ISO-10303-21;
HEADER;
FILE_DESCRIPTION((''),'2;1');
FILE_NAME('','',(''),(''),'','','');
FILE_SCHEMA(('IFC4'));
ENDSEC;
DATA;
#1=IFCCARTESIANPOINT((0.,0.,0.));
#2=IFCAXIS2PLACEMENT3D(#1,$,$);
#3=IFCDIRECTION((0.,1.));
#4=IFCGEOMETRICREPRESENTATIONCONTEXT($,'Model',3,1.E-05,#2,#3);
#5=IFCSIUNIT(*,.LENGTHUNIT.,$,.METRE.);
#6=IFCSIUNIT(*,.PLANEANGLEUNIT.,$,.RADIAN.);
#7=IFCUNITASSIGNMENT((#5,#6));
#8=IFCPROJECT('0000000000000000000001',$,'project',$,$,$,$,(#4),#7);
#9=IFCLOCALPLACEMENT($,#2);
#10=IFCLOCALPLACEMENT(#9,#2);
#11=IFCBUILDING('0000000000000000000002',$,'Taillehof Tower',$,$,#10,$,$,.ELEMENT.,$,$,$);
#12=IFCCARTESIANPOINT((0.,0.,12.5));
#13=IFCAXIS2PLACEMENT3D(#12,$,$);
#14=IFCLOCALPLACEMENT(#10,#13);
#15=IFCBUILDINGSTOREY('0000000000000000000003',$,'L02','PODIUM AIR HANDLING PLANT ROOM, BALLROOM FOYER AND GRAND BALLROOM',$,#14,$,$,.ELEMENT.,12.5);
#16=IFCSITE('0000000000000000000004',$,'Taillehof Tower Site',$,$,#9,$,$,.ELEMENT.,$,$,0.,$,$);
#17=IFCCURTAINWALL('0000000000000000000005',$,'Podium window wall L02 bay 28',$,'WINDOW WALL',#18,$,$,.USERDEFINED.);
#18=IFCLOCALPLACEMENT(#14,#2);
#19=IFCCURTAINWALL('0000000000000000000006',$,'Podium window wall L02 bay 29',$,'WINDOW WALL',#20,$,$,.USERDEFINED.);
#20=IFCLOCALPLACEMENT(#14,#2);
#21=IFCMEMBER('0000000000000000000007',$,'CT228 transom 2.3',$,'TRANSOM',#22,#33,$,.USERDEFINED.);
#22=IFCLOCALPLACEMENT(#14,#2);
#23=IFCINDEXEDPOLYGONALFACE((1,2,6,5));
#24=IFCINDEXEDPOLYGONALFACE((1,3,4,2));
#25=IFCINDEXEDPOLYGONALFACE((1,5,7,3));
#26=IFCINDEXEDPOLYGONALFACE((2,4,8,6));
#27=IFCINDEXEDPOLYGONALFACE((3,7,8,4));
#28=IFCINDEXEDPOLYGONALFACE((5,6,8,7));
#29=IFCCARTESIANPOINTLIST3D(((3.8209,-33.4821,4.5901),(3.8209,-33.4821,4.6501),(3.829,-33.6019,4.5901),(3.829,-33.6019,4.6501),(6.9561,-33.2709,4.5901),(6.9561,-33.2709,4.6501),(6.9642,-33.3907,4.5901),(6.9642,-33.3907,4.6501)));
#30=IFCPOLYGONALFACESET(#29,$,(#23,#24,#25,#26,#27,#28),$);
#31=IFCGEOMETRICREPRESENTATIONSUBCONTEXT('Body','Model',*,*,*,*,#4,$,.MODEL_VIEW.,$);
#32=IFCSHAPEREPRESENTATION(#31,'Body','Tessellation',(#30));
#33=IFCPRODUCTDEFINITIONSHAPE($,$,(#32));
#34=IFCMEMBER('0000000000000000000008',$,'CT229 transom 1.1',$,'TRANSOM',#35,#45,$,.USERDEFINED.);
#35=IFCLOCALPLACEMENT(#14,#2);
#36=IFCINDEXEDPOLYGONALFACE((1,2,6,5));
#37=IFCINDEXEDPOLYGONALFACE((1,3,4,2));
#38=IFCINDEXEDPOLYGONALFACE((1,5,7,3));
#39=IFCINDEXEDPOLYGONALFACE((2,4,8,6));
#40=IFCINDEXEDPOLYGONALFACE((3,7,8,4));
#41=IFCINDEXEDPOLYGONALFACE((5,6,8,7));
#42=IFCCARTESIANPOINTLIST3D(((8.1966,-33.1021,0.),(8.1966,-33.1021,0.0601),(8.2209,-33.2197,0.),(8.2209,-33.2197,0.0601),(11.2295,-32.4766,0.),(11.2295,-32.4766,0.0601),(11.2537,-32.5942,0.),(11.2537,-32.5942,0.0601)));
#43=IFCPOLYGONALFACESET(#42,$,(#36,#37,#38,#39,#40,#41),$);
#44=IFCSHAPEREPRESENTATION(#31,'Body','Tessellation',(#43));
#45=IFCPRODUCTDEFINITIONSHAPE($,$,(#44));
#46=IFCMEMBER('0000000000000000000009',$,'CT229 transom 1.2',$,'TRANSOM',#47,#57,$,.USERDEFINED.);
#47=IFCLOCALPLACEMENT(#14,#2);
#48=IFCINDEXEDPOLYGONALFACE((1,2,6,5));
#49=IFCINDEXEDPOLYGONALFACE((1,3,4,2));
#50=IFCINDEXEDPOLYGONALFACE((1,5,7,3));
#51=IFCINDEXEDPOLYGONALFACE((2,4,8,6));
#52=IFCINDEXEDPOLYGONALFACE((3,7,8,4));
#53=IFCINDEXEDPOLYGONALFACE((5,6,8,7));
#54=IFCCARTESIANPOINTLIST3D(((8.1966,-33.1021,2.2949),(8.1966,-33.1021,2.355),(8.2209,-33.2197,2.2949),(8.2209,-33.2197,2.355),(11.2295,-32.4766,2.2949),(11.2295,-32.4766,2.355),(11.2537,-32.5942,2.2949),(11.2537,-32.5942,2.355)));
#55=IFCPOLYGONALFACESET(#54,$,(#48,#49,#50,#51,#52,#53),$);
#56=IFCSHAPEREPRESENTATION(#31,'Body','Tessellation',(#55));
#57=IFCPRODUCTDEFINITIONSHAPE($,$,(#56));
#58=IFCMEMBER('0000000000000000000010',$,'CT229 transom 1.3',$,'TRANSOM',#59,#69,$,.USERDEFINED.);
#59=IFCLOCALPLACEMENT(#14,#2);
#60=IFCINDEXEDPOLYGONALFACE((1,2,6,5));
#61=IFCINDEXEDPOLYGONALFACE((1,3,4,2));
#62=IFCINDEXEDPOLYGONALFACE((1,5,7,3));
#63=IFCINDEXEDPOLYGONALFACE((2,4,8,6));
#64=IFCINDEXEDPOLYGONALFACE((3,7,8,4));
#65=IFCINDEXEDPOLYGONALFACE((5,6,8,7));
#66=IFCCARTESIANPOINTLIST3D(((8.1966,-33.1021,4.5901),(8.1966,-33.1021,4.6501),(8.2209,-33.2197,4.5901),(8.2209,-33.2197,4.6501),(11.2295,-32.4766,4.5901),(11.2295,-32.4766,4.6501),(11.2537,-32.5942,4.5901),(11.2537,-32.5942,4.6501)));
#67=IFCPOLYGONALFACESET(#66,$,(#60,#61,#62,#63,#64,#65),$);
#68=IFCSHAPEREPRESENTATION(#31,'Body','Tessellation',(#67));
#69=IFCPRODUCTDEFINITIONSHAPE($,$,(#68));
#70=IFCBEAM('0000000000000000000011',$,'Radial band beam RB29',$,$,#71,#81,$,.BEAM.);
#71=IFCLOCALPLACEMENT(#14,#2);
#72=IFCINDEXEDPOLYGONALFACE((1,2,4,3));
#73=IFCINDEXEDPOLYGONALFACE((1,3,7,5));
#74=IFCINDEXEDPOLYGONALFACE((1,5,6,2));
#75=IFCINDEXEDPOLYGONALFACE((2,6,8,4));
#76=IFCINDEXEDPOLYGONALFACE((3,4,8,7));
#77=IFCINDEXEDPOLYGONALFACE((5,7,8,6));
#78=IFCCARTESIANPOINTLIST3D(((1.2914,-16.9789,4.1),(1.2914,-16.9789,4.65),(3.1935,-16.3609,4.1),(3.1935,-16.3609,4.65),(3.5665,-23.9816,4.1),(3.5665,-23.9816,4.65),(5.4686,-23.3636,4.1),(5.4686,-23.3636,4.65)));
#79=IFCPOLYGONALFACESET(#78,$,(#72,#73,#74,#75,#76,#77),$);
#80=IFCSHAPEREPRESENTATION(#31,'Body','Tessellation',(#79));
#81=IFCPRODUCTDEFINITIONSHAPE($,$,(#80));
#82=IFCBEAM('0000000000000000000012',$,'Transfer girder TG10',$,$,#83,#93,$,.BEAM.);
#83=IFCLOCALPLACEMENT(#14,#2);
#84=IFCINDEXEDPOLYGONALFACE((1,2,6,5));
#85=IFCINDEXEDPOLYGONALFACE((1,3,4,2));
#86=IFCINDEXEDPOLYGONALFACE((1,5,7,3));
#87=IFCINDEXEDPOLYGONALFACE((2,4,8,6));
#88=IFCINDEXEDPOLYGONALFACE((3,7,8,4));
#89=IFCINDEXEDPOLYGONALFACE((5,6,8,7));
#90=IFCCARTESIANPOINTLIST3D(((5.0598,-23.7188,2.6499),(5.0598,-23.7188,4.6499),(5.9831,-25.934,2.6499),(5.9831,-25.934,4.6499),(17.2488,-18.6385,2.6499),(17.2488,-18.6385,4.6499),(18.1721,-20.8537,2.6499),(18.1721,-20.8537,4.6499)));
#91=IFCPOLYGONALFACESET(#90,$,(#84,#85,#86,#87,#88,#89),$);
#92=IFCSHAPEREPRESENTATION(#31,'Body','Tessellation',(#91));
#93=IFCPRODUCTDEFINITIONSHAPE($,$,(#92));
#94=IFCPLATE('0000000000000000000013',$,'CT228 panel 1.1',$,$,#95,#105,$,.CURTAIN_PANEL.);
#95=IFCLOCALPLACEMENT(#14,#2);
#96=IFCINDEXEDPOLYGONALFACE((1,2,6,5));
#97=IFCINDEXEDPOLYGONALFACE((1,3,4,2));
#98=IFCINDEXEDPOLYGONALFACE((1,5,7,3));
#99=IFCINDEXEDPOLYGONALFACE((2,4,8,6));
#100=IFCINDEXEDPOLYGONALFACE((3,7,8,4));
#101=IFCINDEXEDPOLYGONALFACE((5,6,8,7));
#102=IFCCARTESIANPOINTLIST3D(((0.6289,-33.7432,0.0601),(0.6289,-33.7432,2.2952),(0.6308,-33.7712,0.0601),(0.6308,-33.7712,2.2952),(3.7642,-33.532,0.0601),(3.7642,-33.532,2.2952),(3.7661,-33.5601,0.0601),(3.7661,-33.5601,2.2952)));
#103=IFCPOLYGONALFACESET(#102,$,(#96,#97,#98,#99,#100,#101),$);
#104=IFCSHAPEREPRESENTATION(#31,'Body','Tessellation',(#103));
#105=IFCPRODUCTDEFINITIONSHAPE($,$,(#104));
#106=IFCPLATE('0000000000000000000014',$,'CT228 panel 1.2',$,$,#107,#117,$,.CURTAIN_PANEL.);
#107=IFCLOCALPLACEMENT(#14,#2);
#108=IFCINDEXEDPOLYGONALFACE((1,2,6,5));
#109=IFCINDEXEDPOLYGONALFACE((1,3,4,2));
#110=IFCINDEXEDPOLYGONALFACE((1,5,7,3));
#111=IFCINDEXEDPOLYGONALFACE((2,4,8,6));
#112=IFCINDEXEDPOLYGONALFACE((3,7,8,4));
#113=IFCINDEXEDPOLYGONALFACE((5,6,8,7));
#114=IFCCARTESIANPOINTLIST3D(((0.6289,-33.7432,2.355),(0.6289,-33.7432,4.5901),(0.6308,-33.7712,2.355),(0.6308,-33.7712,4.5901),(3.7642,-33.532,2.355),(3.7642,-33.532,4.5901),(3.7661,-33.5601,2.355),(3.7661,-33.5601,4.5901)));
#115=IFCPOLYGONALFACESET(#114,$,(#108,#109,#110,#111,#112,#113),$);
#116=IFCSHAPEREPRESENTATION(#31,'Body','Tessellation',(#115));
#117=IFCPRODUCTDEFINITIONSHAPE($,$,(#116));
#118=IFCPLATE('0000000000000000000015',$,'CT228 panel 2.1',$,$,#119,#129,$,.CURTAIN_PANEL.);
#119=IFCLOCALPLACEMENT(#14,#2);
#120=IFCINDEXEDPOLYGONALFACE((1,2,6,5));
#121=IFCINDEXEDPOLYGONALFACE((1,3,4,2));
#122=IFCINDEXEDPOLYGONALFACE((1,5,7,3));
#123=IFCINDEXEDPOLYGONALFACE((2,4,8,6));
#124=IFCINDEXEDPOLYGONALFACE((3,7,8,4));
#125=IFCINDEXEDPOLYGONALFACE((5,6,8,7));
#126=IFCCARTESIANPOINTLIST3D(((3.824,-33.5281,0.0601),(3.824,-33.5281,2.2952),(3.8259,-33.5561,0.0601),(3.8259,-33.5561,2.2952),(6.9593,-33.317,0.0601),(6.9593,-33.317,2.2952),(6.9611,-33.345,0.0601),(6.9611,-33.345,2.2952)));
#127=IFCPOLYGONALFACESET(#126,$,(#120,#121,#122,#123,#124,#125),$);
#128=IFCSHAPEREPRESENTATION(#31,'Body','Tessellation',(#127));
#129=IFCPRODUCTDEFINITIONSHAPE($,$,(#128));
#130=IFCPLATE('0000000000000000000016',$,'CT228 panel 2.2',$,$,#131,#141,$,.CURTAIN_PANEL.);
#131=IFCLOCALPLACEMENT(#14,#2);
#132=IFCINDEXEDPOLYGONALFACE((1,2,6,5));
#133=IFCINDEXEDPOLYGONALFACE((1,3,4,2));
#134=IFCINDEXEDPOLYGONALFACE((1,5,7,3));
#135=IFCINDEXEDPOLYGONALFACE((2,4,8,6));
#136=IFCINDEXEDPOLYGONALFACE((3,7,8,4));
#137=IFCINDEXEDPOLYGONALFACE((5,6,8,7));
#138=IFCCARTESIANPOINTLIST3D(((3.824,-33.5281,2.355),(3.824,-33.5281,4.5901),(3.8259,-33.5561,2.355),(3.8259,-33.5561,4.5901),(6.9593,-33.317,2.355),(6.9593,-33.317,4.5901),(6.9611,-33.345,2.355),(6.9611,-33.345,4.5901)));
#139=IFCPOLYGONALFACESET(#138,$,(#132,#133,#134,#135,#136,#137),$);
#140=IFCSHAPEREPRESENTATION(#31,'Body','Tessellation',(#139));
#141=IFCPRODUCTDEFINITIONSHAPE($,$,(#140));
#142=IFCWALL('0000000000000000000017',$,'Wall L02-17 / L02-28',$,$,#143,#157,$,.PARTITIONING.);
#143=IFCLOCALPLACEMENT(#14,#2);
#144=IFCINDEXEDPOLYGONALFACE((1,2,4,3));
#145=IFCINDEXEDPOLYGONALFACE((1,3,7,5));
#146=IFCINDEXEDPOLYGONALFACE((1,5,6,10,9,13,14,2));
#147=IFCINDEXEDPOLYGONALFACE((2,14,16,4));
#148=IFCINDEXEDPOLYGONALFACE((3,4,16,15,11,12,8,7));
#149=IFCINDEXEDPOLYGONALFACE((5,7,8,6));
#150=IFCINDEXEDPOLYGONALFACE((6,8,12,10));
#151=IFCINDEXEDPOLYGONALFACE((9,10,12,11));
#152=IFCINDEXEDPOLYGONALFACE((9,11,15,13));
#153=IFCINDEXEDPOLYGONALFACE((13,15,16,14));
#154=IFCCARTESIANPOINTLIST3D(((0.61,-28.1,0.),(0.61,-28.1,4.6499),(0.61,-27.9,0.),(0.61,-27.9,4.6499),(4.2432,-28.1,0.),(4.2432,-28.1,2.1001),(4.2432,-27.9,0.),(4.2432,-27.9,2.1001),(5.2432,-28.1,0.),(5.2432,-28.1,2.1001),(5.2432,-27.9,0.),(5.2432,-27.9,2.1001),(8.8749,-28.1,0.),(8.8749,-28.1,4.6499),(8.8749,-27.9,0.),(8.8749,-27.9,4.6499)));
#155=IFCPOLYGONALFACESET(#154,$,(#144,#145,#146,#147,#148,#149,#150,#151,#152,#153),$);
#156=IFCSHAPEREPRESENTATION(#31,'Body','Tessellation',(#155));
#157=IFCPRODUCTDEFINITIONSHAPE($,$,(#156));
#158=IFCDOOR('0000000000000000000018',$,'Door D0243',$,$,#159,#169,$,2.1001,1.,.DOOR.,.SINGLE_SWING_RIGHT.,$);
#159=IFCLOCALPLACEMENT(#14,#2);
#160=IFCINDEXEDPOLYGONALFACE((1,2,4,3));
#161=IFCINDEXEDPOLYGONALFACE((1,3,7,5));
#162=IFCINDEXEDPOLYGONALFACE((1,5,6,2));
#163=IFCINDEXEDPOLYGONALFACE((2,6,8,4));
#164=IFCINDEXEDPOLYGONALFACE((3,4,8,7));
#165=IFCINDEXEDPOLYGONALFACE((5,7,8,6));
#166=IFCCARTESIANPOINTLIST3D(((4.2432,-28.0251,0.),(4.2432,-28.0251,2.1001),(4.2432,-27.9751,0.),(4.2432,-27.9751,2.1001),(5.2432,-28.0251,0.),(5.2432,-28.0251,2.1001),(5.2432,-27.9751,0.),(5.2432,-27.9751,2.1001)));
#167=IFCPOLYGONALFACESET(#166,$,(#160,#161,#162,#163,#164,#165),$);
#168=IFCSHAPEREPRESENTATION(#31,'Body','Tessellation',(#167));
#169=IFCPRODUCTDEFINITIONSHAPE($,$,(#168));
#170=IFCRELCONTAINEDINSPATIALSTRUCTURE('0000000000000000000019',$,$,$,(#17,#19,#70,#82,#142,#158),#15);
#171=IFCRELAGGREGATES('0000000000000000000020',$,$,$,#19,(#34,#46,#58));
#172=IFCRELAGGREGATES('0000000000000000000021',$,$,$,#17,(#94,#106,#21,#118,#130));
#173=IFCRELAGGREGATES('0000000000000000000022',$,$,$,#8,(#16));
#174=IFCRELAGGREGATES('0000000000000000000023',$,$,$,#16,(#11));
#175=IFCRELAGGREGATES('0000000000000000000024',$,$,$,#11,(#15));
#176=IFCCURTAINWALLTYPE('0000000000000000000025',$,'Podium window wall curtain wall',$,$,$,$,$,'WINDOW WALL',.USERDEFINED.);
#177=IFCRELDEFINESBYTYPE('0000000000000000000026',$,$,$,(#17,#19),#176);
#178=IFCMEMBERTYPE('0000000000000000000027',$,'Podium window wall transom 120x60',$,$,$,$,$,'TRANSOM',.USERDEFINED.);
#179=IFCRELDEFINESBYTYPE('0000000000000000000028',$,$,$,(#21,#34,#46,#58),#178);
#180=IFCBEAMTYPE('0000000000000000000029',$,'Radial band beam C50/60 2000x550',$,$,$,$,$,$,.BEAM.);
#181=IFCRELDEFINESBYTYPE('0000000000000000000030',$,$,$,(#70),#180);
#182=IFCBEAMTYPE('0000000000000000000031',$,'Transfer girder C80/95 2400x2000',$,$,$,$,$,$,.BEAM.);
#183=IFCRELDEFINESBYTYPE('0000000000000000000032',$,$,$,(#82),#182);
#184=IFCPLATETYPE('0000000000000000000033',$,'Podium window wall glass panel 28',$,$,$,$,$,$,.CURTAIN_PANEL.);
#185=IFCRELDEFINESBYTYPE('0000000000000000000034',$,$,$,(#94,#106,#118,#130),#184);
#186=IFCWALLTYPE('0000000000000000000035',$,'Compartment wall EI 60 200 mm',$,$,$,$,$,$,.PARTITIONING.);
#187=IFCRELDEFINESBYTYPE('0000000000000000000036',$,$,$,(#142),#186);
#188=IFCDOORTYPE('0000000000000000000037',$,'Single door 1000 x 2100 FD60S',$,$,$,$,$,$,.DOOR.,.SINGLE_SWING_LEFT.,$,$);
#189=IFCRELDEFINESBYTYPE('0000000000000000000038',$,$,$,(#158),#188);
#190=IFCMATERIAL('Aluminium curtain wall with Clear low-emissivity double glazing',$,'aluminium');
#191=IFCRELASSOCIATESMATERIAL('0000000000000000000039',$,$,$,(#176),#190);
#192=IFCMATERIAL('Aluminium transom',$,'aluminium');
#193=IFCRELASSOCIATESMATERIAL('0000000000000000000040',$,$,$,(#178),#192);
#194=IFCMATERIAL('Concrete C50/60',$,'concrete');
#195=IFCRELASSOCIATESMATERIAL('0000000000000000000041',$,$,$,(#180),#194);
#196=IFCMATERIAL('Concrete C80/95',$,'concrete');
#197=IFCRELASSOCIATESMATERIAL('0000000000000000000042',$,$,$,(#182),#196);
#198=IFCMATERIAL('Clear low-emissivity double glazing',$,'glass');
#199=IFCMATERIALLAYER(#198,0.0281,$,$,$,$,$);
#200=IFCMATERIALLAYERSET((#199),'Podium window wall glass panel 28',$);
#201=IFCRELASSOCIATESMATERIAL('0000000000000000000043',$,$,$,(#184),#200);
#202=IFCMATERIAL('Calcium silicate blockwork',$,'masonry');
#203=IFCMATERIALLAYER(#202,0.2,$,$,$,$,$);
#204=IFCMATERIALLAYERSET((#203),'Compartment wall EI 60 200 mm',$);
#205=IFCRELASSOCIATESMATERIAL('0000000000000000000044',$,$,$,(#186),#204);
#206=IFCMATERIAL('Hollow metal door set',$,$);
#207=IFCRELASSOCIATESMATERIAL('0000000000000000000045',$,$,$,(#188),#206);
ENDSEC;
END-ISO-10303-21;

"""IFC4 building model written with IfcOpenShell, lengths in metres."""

from ifc_helpers import new_model, si_unit, direction, frame, frame_2d, origin, origin_2d, place, context, subcontext, project, spatial, rectangle, extrude, material, layer, layer_set, material_profile, profile_set, type_object, element, fill, aggregate, save


model = new_model("IFC4")

# Units and contexts
model_context = context("Model", 3, precision=1e-05, world=origin(), true_north=direction((0.0, 1.0)))
body_context = subcontext(model_context, "Body", "Model", "MODEL_VIEW")
ifc_project = project(units=[si_unit("LENGTHUNIT", "METRE"), si_unit("PLANEANGLEUNIT", "RADIAN")], contexts=[model_context])

# Site, building, storey
site_placement = place(None, origin())
site = spatial("IfcSite", under=ifc_project, at=site_placement, Name="Taillehof Tower Site", CompositionType="ELEMENT", RefElevation=0.0)
building_placement = place(site_placement, origin())
building = spatial("IfcBuilding", under=site, at=building_placement, Name="Taillehof Tower", CompositionType="ELEMENT")
storey_placement = place(building_placement, frame((0.0, 0.0, 12.5)))
storey = spatial("IfcBuildingStorey", under=building, at=storey_placement, Name="L02", Description="PODIUM AIR HANDLING PLANT ROOM, BALLROOM FOYER AND GRAND BALLROOM", CompositionType="ELEMENT", Elevation=12.5)

# Curtain wall
ifc_material_1 = material(Name="Aluminium curtain wall with Clear low-emissivity double glazing", Category="aluminium")
curtain_wall_type = type_object("IfcCurtainWallType", Name="Podium window wall curtain wall", ElementType="WINDOW WALL", PredefinedType="USERDEFINED", material=ifc_material_1)
curtain_wall_1_placement = place(storey_placement, origin())
curtain_wall_1 = element("IfcCurtainWall", 1, at=curtain_wall_1_placement, inside=storey, type_object=curtain_wall_type, Name="Podium window wall L02 bay 28", ObjectType="WINDOW WALL", PredefinedType="USERDEFINED")

# Curtain wall
curtain_wall_2_placement = place(storey_placement, origin())
curtain_wall_2 = element("IfcCurtainWall", 2, at=curtain_wall_2_placement, inside=storey, type_object=curtain_wall_type, Name="Podium window wall L02 bay 29", ObjectType="WINDOW WALL", PredefinedType="USERDEFINED")

# Members
ifc_material_2 = material(Name="Aluminium transom", Category="aluminium")
ifc_material_profile_1 = material_profile(ifc_material_2, rectangle(XDim=0.1201, YDim=0.0601, at=origin_2d()), Name="AL 120x60")
ifc_profile_set_1 = profile_set([ifc_material_profile_1], Name="Aluminium transom")
member_type_1 = type_object("IfcMemberType", Name="Podium window wall transom 120x60", ElementType="TRANSOM", PredefinedType="USERDEFINED", material=ifc_profile_set_1)
member_1_placement = place(storey_placement, frame((3.825, -33.542, 4.6201), z_axis=(0.997739, 0.067205, 0.0), x_axis=(-0.067205, 0.997739, 0.0)))
member_1 = element("IfcMember", 3, at=member_1_placement, type_object=member_type_1, Name="CT228 transom 2.3", ObjectType="TRANSOM", PredefinedType="USERDEFINED", context=body_context, shape_type="SweptSolid", body=[
    extrude(rectangle(XDim=0.1201, YDim=0.0601, at=origin_2d()), origin(), (0.0, 0.0, 1.0), 3.1423),
])
member_2_placement = place(storey_placement, frame((8.2087, -33.1609, 0.03), z_axis=(0.97939, 0.20198, 0.0), x_axis=(-0.20198, 0.97939, 0.0)))
member_2 = element("IfcMember", 4, at=member_2_placement, type_object=member_type_1, Name="CT229 transom 1.1", ObjectType="TRANSOM", PredefinedType="USERDEFINED", context=body_context, shape_type="SweptSolid", body=[
    extrude(rectangle(XDim=0.1201, YDim=0.0601, at=origin_2d()), origin(), (0.0, 0.0, 1.0), 3.0967),
])
member_3_placement = place(storey_placement, frame((8.2087, -33.1609, 2.325), z_axis=(0.97939, 0.20198, 0.0), x_axis=(-0.20198, 0.97939, 0.0)))
member_3 = element("IfcMember", 5, at=member_3_placement, type_object=member_type_1, Name="CT229 transom 1.2", ObjectType="TRANSOM", PredefinedType="USERDEFINED", context=body_context, shape_type="SweptSolid", body=[
    extrude(rectangle(XDim=0.1201, YDim=0.0601, at=origin_2d()), origin(), (0.0, 0.0, 1.0), 3.0967),
])
member_4_placement = place(storey_placement, frame((8.2087, -33.1609, 4.6201), z_axis=(0.97939, 0.20198, 0.0), x_axis=(-0.20198, 0.97939, 0.0)))
member_4 = element("IfcMember", 6, at=member_4_placement, type_object=member_type_1, Name="CT229 transom 1.3", ObjectType="TRANSOM", PredefinedType="USERDEFINED", context=body_context, shape_type="SweptSolid", body=[
    extrude(rectangle(XDim=0.1201, YDim=0.0601, at=origin_2d()), origin(), (0.0, 0.0, 1.0), 3.0967),
])
aggregate(curtain_wall_2, [member_2, member_3, member_4])

# Beams
ifc_material_3 = material(Name="Concrete C50/60", Category="concrete")
ifc_material_profile_2 = material_profile(ifc_material_3, rectangle(XDim=2.0, YDim=0.55, at=origin_2d()), Name="RC 2000x550")
ifc_profile_set_2 = profile_set([ifc_material_profile_2], Name="Concrete C50/60")
beam_type_1 = type_object("IfcBeamType", Name="Radial band beam C50/60 2000x550", PredefinedType="BEAM", material=ifc_profile_set_2)
beam_1_placement = place(storey_placement, frame((4.5176, -23.6726, 4.375), z_axis=(-0.308997, 0.951063, 0.0), x_axis=(-0.951063, -0.308997, 0.0)))
element("IfcBeam", 7, at=beam_1_placement, inside=storey, type_object=beam_type_1, Name="Radial band beam RB29", PredefinedType="BEAM", context=body_context, shape_type="SweptSolid", body=[
    extrude(rectangle(XDim=2.0, YDim=0.55, at=origin_2d()), origin(), (0.0, 0.0, 1.0), 7.363),
])
ifc_material_4 = material(Name="Concrete C80/95", Category="concrete")
ifc_material_profile_3 = material_profile(ifc_material_4, rectangle(XDim=2.3999, YDim=2.0, at=origin_2d()), Name="RC 2400x2000")
ifc_profile_set_3 = profile_set([ifc_material_profile_3], Name="Concrete C80/95")
beam_type_2 = type_object("IfcBeamType", Name="Transfer girder C80/95 2400x2000", PredefinedType="BEAM", material=ifc_profile_set_3)
beam_2_placement = place(storey_placement, frame((5.5215, -24.8264, 3.6499), z_axis=(0.923034, 0.384718, 0.0), x_axis=(-0.384718, 0.923034, 0.0)))
element("IfcBeam", 8, at=beam_2_placement, inside=storey, type_object=beam_type_2, Name="Transfer girder TG10", PredefinedType="BEAM", context=body_context, shape_type="SweptSolid", body=[
    extrude(rectangle(XDim=2.3999, YDim=2.0, at=origin_2d()), origin(), (0.0, 0.0, 1.0), 13.2053),
])

# Plates
ifc_material_5 = material(Name="Clear low-emissivity double glazing", Category="glass")
ifc_layer_1 = layer(ifc_material_5, 0.0281)
ifc_layer_set_1 = layer_set([ifc_layer_1], Name="Podium window wall glass panel 28")
plate_type = type_object("IfcPlateType", Name="Podium window wall glass panel 28", PredefinedType="CURTAIN_PANEL", material=ifc_layer_set_1)
plate_1_placement = place(storey_placement, frame((2.1975, -33.6516, 0.0601), z_axis=(0.0, 0.0, 1.0), x_axis=(0.997741, 0.067183, 0.0)))
plate_1 = element("IfcPlate", 9, at=plate_1_placement, type_object=plate_type, Name="CT228 panel 1.1", PredefinedType="CURTAIN_PANEL", context=body_context, shape_type="SweptSolid", body=[
    extrude(rectangle(XDim=3.1423, YDim=0.0281, at=origin_2d()), origin(), (0.0, 0.0, 1.0), 2.2351),
])
plate_2_placement = place(storey_placement, frame((2.1975, -33.6516, 2.355), z_axis=(0.0, 0.0, 1.0), x_axis=(0.997741, 0.067183, 0.0)))
plate_2 = element("IfcPlate", 10, at=plate_2_placement, type_object=plate_type, Name="CT228 panel 1.2", PredefinedType="CURTAIN_PANEL", context=body_context, shape_type="SweptSolid", body=[
    extrude(rectangle(XDim=3.1423, YDim=0.0281, at=origin_2d()), origin(), (0.0, 0.0, 1.0), 2.2351),
])
plate_3_placement = place(storey_placement, frame((5.3926, -33.4365, 0.0601), z_axis=(0.0, 0.0, 1.0), x_axis=(0.997741, 0.067183, 0.0)))
plate_3 = element("IfcPlate", 11, at=plate_3_placement, type_object=plate_type, Name="CT228 panel 2.1", PredefinedType="CURTAIN_PANEL", context=body_context, shape_type="SweptSolid", body=[
    extrude(rectangle(XDim=3.1423, YDim=0.0281, at=origin_2d()), origin(), (0.0, 0.0, 1.0), 2.2351),
])
plate_4_placement = place(storey_placement, frame((5.3926, -33.4365, 2.355), z_axis=(0.0, 0.0, 1.0), x_axis=(0.997741, 0.067183, 0.0)))
plate_4 = element("IfcPlate", 12, at=plate_4_placement, type_object=plate_type, Name="CT228 panel 2.2", PredefinedType="CURTAIN_PANEL", context=body_context, shape_type="SweptSolid", body=[
    extrude(rectangle(XDim=3.1423, YDim=0.0281, at=origin_2d()), origin(), (0.0, 0.0, 1.0), 2.2351),
])
aggregate(curtain_wall_1, [plate_1, plate_2, member_1, plate_3, plate_4])

# Wall, opening, door
ifc_material_6 = material(Name="Calcium silicate blockwork", Category="masonry")
ifc_layer_2 = layer(ifc_material_6, 0.2)
ifc_layer_set_2 = layer_set([ifc_layer_2], Name="Compartment wall EI 60 200 mm")
wall_type_1 = type_object("IfcWallType", Name="Compartment wall EI 60 200 mm", PredefinedType="PARTITIONING", material=ifc_layer_set_2)
wall_1_placement = place(storey_placement, frame((0.6101, -28.0, 0.0), z_axis=(0.0, 0.0, 1.0), x_axis=(1.0, 0.0, 0.0)))
wall_1 = element("IfcWall", 13, at=wall_1_placement, inside=storey, type_object=wall_type_1, Name="Wall L02-17 / L02-28", PredefinedType="PARTITIONING", context=body_context, shape_type="SweptSolid", body=[
    extrude(rectangle(XDim=8.2649, YDim=0.2, at=frame_2d((4.1323, 0.0))), origin(), (0.0, 0.0, 1.0), 4.6499),
])
opening_1_placement = place(wall_1_placement, frame((3.6331, 0.0, 0.0)))
opening_1 = element("IfcOpeningElement", 14, at=opening_1_placement, cuts=wall_1, PredefinedType="OPENING", context=body_context, shape_type="SweptSolid", body=[
    extrude(rectangle(XDim=1.0, YDim=2.1001, at=frame_2d((0.5, 1.05))), frame((0.0, 0.1099, 0.0), z_axis=(0.0, -1.0, 0.0), x_axis=(1.0, 0.0, 0.0)), (0.0, 0.0, 1.0), 0.22),
])
ifc_material_7 = material(Name="Hollow metal door set")
door_type_1 = type_object("IfcDoorType", Name="Single door 1000 x 2100 FD60S", OperationType="SINGLE_SWING_LEFT", PredefinedType="DOOR", material=ifc_material_7)
door_1_placement = place(opening_1_placement, origin())
door_1 = element("IfcDoor", 15, at=door_1_placement, inside=storey, type_object=door_type_1, Name="Door D0243", OperationType="SINGLE_SWING_RIGHT", OverallHeight=2.1001, OverallWidth=1.0, PredefinedType="DOOR", context=body_context, shape_type="SweptSolid", body=[
    extrude(rectangle(XDim=1.0, YDim=2.1001, at=frame_2d((0.5, 1.05))), frame((0.0, 0.0249, 0.0), z_axis=(0.0, -1.0, 0.0), x_axis=(1.0, 0.0, 0.0)), (0.0, 0.0, 1.0), 0.05),
])
fill(opening_1, door_1)

save(model, "model.ifc")
